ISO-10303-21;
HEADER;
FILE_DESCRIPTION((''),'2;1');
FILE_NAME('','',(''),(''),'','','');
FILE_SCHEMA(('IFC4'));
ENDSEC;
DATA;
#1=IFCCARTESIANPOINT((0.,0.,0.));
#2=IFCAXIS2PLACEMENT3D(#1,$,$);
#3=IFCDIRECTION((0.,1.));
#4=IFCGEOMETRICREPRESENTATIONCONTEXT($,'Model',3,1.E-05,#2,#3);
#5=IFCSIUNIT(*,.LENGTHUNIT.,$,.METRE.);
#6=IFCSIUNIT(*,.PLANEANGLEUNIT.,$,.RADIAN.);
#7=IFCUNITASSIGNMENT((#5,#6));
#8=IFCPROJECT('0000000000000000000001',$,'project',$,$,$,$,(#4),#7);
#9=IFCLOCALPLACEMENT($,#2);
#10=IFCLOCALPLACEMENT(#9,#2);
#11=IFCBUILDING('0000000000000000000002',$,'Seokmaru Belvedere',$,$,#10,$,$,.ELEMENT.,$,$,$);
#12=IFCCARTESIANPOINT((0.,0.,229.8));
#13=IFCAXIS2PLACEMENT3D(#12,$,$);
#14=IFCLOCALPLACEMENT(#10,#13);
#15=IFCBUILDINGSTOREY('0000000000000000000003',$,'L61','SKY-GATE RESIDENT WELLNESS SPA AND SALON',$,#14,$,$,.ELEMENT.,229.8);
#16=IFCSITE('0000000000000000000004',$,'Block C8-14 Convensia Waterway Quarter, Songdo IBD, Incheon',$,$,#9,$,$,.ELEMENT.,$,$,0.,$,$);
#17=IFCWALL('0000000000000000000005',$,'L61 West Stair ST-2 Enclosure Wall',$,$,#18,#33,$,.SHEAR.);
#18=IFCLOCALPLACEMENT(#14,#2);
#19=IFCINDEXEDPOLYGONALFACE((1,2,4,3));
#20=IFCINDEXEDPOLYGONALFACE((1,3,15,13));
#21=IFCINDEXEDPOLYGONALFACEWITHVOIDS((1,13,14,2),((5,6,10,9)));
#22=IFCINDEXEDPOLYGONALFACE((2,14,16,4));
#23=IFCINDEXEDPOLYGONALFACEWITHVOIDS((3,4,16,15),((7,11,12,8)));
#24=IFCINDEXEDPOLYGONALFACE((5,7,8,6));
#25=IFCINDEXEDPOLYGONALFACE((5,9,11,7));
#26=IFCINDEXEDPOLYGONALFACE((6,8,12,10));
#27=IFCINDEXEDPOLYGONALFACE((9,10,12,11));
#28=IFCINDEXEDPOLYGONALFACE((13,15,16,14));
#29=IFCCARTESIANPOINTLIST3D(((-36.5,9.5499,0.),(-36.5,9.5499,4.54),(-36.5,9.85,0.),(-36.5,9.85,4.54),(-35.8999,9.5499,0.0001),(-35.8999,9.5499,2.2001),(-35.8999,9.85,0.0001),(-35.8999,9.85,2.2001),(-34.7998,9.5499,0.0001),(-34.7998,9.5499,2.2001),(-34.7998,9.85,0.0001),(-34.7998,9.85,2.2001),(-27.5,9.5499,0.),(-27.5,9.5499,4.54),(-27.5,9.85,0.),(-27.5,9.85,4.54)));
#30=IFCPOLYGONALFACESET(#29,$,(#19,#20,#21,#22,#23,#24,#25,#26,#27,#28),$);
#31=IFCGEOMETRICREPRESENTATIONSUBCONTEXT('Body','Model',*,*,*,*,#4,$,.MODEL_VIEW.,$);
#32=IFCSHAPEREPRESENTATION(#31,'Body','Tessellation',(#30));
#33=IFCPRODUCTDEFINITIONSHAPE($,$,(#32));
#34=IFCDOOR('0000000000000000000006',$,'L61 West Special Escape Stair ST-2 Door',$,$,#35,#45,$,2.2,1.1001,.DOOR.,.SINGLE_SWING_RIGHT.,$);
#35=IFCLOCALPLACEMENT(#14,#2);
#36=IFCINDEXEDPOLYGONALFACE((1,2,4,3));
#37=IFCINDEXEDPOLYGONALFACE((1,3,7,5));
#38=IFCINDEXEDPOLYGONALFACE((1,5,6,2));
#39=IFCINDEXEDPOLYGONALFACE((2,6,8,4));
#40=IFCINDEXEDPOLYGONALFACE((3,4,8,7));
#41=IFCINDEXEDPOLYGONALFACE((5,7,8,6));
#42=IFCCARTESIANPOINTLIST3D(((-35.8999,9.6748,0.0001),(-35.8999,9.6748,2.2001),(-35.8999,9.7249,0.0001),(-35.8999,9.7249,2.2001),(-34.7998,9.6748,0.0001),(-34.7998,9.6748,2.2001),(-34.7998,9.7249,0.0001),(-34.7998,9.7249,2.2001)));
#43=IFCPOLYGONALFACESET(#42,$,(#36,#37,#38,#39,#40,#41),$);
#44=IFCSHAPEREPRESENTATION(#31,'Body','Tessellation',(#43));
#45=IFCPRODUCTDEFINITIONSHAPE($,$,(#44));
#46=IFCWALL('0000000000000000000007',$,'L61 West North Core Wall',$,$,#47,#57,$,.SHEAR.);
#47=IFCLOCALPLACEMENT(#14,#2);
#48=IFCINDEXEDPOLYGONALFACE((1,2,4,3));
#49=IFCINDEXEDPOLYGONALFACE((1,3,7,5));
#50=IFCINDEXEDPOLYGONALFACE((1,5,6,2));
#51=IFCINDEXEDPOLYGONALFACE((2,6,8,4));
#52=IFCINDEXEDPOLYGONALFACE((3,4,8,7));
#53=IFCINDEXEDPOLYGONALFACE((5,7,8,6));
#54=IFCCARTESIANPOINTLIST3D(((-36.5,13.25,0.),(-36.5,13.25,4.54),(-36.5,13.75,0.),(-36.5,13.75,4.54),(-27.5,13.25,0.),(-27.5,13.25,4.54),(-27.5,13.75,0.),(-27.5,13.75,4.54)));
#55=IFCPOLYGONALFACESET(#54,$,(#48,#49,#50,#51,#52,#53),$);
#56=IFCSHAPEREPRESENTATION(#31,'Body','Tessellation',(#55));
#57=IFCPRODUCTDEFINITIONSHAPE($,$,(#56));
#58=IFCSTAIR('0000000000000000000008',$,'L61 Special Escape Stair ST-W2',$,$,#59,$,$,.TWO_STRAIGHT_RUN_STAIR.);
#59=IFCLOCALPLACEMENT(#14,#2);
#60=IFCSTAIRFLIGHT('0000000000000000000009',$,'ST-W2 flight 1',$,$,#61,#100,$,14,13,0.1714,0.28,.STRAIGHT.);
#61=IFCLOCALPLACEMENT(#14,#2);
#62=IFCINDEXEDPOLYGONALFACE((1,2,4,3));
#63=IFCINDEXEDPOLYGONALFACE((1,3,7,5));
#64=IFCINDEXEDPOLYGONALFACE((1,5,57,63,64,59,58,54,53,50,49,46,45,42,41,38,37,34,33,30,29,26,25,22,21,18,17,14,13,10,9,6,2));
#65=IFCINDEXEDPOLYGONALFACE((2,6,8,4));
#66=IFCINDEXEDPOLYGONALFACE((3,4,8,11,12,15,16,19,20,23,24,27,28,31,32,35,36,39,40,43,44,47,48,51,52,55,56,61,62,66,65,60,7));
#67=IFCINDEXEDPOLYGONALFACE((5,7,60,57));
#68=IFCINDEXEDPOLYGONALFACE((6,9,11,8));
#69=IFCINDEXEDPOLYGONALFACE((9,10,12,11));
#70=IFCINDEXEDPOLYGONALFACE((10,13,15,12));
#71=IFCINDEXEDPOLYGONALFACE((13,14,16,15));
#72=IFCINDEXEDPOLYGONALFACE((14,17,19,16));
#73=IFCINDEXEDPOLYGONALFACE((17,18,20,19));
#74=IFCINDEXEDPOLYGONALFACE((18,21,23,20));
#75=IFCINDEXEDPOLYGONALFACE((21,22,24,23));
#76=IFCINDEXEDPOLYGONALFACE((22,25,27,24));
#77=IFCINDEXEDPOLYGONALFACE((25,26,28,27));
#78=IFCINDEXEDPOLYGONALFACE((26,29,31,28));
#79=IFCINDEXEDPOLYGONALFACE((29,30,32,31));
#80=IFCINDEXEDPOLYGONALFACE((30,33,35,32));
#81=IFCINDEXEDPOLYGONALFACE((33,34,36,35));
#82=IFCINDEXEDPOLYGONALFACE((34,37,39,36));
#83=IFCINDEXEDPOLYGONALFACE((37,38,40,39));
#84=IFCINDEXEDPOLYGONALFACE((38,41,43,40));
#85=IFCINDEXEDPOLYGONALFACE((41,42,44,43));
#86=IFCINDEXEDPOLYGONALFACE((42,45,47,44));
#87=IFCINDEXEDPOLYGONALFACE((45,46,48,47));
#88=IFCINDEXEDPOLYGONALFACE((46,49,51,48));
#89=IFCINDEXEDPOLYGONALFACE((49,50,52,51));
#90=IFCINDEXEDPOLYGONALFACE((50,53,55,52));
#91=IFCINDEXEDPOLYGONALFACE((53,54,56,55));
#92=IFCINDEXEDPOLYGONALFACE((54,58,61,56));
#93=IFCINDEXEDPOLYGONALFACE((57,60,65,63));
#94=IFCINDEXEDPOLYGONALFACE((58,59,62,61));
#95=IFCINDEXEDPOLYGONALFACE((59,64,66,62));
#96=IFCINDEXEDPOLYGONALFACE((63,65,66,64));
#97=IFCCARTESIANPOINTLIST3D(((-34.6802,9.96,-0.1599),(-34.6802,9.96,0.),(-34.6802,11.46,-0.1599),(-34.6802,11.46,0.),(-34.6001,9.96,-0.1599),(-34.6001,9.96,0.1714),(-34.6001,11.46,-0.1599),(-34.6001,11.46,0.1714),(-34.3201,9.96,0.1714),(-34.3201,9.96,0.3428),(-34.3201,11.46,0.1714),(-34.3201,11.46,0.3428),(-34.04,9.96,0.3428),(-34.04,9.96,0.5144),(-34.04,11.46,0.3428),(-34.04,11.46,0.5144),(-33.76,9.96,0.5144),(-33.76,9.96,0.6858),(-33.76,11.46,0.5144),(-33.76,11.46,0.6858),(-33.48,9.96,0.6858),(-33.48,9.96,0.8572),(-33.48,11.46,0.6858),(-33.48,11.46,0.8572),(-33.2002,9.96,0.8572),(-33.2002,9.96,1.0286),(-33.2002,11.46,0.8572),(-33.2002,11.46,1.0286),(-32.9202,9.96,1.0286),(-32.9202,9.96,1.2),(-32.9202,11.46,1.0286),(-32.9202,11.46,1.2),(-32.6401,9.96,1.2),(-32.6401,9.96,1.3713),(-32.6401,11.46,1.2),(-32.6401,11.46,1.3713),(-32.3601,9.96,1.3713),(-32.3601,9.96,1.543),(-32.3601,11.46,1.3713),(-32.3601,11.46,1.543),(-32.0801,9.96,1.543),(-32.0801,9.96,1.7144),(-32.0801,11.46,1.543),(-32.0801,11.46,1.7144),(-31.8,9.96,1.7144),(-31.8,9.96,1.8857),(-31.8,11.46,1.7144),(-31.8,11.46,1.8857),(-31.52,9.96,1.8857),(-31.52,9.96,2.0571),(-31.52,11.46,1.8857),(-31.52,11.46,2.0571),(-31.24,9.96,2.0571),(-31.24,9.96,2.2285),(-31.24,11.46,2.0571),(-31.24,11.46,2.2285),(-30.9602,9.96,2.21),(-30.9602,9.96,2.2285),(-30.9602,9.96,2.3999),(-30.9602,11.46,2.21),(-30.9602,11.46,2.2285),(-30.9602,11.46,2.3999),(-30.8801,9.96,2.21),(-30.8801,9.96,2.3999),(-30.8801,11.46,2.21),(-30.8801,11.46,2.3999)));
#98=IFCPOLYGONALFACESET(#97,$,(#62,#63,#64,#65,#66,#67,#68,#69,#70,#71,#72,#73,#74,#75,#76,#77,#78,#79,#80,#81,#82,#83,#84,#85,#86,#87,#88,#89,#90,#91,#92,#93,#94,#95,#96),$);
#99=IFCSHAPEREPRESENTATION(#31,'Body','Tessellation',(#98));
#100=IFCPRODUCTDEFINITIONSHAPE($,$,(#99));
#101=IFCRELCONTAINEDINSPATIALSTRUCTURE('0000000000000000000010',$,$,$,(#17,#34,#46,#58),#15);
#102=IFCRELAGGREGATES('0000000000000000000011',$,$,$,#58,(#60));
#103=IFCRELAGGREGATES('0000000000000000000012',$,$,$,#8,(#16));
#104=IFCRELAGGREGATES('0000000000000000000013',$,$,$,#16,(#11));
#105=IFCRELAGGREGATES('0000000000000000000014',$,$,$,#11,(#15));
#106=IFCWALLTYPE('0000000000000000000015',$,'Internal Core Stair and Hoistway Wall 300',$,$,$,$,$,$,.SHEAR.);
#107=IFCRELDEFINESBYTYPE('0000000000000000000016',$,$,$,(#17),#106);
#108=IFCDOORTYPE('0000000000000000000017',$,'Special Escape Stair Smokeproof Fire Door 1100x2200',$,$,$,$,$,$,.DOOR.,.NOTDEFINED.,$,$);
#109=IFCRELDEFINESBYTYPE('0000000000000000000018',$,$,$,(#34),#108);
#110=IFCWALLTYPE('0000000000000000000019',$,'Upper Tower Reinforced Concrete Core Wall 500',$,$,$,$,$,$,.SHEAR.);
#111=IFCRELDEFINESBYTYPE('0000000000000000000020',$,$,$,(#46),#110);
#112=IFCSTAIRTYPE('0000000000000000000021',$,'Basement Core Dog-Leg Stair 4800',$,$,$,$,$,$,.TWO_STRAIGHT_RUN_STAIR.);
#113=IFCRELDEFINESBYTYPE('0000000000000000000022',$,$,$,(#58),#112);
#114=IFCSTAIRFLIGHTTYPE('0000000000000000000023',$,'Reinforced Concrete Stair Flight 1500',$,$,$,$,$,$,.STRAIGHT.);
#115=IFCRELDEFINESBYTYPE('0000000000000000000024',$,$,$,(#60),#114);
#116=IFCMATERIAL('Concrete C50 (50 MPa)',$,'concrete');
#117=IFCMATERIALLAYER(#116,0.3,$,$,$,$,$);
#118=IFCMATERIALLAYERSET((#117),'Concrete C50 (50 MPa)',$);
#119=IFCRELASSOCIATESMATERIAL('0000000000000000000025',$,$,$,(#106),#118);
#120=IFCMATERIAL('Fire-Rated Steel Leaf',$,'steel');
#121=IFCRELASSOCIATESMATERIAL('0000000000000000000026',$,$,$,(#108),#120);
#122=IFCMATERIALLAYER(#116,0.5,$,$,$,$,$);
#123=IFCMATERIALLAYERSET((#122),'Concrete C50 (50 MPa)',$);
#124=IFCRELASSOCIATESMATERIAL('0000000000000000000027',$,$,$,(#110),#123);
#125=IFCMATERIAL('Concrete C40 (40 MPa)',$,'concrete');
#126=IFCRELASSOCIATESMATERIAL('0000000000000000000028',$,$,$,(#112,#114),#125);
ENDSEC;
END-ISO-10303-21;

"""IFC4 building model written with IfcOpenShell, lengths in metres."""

from ifc_helpers import new_model, si_unit, direction, frame, frame_2d, origin, place, context, subcontext, project, spatial, polyline, rectangle, outline, extrude, source, transform, mapped, material, layer, layer_set, type_object, type_shapes, element, fill, aggregate, save


model = new_model("IFC4")

# Units and contexts
model_context = context("Model", 3, precision=1e-05, world=origin(), true_north=direction((0.0, 1.0)))
body_context = subcontext(model_context, "Body", "Model", "MODEL_VIEW")
ifc_project = project(units=[si_unit("LENGTHUNIT", "METRE"), si_unit("PLANEANGLEUNIT", "RADIAN")], contexts=[model_context])

# Site, building, storey
site_placement = place(None, origin())
site = spatial("IfcSite", under=ifc_project, at=site_placement, Name="Block C8-14 Convensia Waterway Quarter, Songdo IBD, Incheon", CompositionType="ELEMENT", RefElevation=0.0)
building_placement = place(site_placement, origin())
building = spatial("IfcBuilding", under=site, at=building_placement, Name="Seokmaru Belvedere", CompositionType="ELEMENT")
storey_placement = place(building_placement, frame((0.0, 0.0, 229.8)))
storey = spatial("IfcBuildingStorey", under=building, at=storey_placement, Name="L61", Description="SKY-GATE RESIDENT WELLNESS SPA AND SALON", CompositionType="ELEMENT", Elevation=229.8)

# Shared definitions
ifc_material_1 = material(Name="Fire-Rated Steel Leaf", Category="steel")

# Wall, opening, door
ifc_material_2 = material(Name="Concrete C50 (50 MPa)", Category="concrete")
ifc_layer_1 = layer(ifc_material_2, 0.3)
ifc_layer_set_1 = layer_set([ifc_layer_1], Name="Concrete C50 (50 MPa)")
wall_type_1 = type_object("IfcWallType", Name="Internal Core Stair and Hoistway Wall 300", PredefinedType="SHEAR", material=ifc_layer_set_1)
wall_1_placement = place(storey_placement, frame((-36.5, 9.7, 0.0), z_axis=(0.0, 0.0, 1.0), x_axis=(1.0, 0.0, 0.0)))
wall_1 = element("IfcWall", 1, at=wall_1_placement, inside=storey, type_object=wall_type_1, Name="L61 West Stair ST-2 Enclosure Wall", PredefinedType="SHEAR", context=body_context, shape_type="SweptSolid", body=[
    extrude(rectangle(XDim=9.0, YDim=0.3, at=frame_2d((4.5, 0.0))), origin(), (0.0, 0.0, 1.0), 4.54),
])
opening_1_placement = place(wall_1_placement, frame((0.6001, 0.0, 0.0)))
opening_1 = element("IfcOpeningElement", 2, at=opening_1_placement, cuts=wall_1, PredefinedType="OPENING", context=body_context, shape_type="SweptSolid", body=[
    extrude(rectangle(XDim=1.1001, YDim=2.2, at=frame_2d((0.55, 1.1001))), frame((0.0, 0.1602, 0.0), z_axis=(0.0, -1.0, 0.0), x_axis=(1.0, 0.0, 0.0)), (0.0, 0.0, 1.0), 0.3201),
])
door_type_1 = type_object("IfcDoorType", Name="Special Escape Stair Smokeproof Fire Door 1100x2200", OperationType="NOTDEFINED", PredefinedType="DOOR", material=ifc_material_1)
shared_shape_1 = source(origin(), body_context, "Body", "SweptSolid", [
    extrude(rectangle(XDim=1.1001, YDim=2.2, at=frame_2d((0.55, 1.1001))), frame((0.0, 0.0249, 0.0), z_axis=(0.0, -1.0, 0.0), x_axis=(1.0, 0.0, 0.0)), (0.0, 0.0, 1.0), 0.05),
])
type_shapes(door_type_1, [shared_shape_1])
door_1_placement = place(opening_1_placement, origin())
door_1 = element("IfcDoor", 3, at=door_1_placement, inside=storey, type_object=door_type_1, Name="L61 West Special Escape Stair ST-2 Door", OperationType="SINGLE_SWING_RIGHT", OverallHeight=2.2, OverallWidth=1.1001, PredefinedType="DOOR", context=body_context, shape_type="MappedRepresentation", body=[
    mapped(shared_shape_1, transform((0.0, 0.0, 0.0), scale=1.0)),
])
fill(opening_1, door_1)

# Wall
ifc_layer_2 = layer(ifc_material_2, 0.5)
ifc_layer_set_2 = layer_set([ifc_layer_2], Name="Concrete C50 (50 MPa)")
wall_type_2 = type_object("IfcWallType", Name="Upper Tower Reinforced Concrete Core Wall 500", PredefinedType="SHEAR", material=ifc_layer_set_2)
wall_2_placement = place(storey_placement, frame((-36.5, 13.5, 0.0), z_axis=(0.0, 0.0, 1.0), x_axis=(1.0, 0.0, 0.0)))
element("IfcWall", 4, at=wall_2_placement, inside=storey, type_object=wall_type_2, Name="L61 West North Core Wall", PredefinedType="SHEAR", context=body_context, shape_type="SweptSolid", body=[
    extrude(rectangle(XDim=9.0, YDim=0.5, at=frame_2d((4.5, 0.0))), origin(), (0.0, 0.0, 1.0), 4.54),
])

# Stair, stair flight
ifc_material_3 = material(Name="Concrete C40 (40 MPa)", Category="concrete")
stair_type = type_object("IfcStairType", Name="Basement Core Dog-Leg Stair 4800", PredefinedType="TWO_STRAIGHT_RUN_STAIR", material=ifc_material_3)
stair_placement = place(storey_placement, origin())
stair = element("IfcStair", 5, at=stair_placement, inside=storey, type_object=stair_type, Name="L61 Special Escape Stair ST-W2", PredefinedType="TWO_STRAIGHT_RUN_STAIR")
stair_flight_type = type_object("IfcStairFlightType", Name="Reinforced Concrete Stair Flight 1500", PredefinedType="STRAIGHT", material=ifc_material_3)
stair_flight_placement = place(storey_placement, frame((-34.6001, 10.71, 0.0), z_axis=(0.0, 0.0, 1.0), x_axis=(1.0, 0.0, 0.0)))
stair_flight = element("IfcStairFlight", 6, at=stair_flight_placement, type_object=stair_flight_type, Name="ST-W2 flight 1", NumberOfRisers=14, NumberOfTreads=13, PredefinedType="STRAIGHT", RiserHeight=0.1714, TreadLength=0.28, context=body_context, shape_type="SweptSolid", body=[
    extrude(outline(polyline([(-0.0801, 0.0), (0.0, 0.1714), (0.28, 0.1714), (0.28, 0.3428), (0.5601, 0.3428), (0.5601, 0.5144), (0.8401, 0.5144), (0.8401, 0.6858), (1.1201, 0.6858), (1.1201, 0.8572), (1.3999, 0.8572), (1.3999, 1.0286), (1.6799, 1.0286), (1.6799, 1.2), (1.96, 1.2), (1.96, 1.3713), (2.24, 1.3713), (2.24, 1.543), (2.52, 1.543), (2.52, 1.7144), (2.8, 1.7144), (2.8, 1.8857), (3.0801, 1.8857), (3.0801, 2.0571), (3.3601, 2.0571), (3.3601, 2.2285), (3.6399, 2.2285), (3.6399, 2.3999), (3.72, 2.3999), (3.72, 2.21), (3.6399, 2.21), (0.0, -0.1599), (-0.0801, -0.1599), (-0.0801, 0.0)])), frame((0.0, 0.75, 0.0), z_axis=(0.0, -1.0, 0.0), x_axis=(1.0, 0.0, 0.0)), (0.0, 0.0, 1.0), 1.5),
])
aggregate(stair, [stair_flight])

save(model, "model.ifc")
